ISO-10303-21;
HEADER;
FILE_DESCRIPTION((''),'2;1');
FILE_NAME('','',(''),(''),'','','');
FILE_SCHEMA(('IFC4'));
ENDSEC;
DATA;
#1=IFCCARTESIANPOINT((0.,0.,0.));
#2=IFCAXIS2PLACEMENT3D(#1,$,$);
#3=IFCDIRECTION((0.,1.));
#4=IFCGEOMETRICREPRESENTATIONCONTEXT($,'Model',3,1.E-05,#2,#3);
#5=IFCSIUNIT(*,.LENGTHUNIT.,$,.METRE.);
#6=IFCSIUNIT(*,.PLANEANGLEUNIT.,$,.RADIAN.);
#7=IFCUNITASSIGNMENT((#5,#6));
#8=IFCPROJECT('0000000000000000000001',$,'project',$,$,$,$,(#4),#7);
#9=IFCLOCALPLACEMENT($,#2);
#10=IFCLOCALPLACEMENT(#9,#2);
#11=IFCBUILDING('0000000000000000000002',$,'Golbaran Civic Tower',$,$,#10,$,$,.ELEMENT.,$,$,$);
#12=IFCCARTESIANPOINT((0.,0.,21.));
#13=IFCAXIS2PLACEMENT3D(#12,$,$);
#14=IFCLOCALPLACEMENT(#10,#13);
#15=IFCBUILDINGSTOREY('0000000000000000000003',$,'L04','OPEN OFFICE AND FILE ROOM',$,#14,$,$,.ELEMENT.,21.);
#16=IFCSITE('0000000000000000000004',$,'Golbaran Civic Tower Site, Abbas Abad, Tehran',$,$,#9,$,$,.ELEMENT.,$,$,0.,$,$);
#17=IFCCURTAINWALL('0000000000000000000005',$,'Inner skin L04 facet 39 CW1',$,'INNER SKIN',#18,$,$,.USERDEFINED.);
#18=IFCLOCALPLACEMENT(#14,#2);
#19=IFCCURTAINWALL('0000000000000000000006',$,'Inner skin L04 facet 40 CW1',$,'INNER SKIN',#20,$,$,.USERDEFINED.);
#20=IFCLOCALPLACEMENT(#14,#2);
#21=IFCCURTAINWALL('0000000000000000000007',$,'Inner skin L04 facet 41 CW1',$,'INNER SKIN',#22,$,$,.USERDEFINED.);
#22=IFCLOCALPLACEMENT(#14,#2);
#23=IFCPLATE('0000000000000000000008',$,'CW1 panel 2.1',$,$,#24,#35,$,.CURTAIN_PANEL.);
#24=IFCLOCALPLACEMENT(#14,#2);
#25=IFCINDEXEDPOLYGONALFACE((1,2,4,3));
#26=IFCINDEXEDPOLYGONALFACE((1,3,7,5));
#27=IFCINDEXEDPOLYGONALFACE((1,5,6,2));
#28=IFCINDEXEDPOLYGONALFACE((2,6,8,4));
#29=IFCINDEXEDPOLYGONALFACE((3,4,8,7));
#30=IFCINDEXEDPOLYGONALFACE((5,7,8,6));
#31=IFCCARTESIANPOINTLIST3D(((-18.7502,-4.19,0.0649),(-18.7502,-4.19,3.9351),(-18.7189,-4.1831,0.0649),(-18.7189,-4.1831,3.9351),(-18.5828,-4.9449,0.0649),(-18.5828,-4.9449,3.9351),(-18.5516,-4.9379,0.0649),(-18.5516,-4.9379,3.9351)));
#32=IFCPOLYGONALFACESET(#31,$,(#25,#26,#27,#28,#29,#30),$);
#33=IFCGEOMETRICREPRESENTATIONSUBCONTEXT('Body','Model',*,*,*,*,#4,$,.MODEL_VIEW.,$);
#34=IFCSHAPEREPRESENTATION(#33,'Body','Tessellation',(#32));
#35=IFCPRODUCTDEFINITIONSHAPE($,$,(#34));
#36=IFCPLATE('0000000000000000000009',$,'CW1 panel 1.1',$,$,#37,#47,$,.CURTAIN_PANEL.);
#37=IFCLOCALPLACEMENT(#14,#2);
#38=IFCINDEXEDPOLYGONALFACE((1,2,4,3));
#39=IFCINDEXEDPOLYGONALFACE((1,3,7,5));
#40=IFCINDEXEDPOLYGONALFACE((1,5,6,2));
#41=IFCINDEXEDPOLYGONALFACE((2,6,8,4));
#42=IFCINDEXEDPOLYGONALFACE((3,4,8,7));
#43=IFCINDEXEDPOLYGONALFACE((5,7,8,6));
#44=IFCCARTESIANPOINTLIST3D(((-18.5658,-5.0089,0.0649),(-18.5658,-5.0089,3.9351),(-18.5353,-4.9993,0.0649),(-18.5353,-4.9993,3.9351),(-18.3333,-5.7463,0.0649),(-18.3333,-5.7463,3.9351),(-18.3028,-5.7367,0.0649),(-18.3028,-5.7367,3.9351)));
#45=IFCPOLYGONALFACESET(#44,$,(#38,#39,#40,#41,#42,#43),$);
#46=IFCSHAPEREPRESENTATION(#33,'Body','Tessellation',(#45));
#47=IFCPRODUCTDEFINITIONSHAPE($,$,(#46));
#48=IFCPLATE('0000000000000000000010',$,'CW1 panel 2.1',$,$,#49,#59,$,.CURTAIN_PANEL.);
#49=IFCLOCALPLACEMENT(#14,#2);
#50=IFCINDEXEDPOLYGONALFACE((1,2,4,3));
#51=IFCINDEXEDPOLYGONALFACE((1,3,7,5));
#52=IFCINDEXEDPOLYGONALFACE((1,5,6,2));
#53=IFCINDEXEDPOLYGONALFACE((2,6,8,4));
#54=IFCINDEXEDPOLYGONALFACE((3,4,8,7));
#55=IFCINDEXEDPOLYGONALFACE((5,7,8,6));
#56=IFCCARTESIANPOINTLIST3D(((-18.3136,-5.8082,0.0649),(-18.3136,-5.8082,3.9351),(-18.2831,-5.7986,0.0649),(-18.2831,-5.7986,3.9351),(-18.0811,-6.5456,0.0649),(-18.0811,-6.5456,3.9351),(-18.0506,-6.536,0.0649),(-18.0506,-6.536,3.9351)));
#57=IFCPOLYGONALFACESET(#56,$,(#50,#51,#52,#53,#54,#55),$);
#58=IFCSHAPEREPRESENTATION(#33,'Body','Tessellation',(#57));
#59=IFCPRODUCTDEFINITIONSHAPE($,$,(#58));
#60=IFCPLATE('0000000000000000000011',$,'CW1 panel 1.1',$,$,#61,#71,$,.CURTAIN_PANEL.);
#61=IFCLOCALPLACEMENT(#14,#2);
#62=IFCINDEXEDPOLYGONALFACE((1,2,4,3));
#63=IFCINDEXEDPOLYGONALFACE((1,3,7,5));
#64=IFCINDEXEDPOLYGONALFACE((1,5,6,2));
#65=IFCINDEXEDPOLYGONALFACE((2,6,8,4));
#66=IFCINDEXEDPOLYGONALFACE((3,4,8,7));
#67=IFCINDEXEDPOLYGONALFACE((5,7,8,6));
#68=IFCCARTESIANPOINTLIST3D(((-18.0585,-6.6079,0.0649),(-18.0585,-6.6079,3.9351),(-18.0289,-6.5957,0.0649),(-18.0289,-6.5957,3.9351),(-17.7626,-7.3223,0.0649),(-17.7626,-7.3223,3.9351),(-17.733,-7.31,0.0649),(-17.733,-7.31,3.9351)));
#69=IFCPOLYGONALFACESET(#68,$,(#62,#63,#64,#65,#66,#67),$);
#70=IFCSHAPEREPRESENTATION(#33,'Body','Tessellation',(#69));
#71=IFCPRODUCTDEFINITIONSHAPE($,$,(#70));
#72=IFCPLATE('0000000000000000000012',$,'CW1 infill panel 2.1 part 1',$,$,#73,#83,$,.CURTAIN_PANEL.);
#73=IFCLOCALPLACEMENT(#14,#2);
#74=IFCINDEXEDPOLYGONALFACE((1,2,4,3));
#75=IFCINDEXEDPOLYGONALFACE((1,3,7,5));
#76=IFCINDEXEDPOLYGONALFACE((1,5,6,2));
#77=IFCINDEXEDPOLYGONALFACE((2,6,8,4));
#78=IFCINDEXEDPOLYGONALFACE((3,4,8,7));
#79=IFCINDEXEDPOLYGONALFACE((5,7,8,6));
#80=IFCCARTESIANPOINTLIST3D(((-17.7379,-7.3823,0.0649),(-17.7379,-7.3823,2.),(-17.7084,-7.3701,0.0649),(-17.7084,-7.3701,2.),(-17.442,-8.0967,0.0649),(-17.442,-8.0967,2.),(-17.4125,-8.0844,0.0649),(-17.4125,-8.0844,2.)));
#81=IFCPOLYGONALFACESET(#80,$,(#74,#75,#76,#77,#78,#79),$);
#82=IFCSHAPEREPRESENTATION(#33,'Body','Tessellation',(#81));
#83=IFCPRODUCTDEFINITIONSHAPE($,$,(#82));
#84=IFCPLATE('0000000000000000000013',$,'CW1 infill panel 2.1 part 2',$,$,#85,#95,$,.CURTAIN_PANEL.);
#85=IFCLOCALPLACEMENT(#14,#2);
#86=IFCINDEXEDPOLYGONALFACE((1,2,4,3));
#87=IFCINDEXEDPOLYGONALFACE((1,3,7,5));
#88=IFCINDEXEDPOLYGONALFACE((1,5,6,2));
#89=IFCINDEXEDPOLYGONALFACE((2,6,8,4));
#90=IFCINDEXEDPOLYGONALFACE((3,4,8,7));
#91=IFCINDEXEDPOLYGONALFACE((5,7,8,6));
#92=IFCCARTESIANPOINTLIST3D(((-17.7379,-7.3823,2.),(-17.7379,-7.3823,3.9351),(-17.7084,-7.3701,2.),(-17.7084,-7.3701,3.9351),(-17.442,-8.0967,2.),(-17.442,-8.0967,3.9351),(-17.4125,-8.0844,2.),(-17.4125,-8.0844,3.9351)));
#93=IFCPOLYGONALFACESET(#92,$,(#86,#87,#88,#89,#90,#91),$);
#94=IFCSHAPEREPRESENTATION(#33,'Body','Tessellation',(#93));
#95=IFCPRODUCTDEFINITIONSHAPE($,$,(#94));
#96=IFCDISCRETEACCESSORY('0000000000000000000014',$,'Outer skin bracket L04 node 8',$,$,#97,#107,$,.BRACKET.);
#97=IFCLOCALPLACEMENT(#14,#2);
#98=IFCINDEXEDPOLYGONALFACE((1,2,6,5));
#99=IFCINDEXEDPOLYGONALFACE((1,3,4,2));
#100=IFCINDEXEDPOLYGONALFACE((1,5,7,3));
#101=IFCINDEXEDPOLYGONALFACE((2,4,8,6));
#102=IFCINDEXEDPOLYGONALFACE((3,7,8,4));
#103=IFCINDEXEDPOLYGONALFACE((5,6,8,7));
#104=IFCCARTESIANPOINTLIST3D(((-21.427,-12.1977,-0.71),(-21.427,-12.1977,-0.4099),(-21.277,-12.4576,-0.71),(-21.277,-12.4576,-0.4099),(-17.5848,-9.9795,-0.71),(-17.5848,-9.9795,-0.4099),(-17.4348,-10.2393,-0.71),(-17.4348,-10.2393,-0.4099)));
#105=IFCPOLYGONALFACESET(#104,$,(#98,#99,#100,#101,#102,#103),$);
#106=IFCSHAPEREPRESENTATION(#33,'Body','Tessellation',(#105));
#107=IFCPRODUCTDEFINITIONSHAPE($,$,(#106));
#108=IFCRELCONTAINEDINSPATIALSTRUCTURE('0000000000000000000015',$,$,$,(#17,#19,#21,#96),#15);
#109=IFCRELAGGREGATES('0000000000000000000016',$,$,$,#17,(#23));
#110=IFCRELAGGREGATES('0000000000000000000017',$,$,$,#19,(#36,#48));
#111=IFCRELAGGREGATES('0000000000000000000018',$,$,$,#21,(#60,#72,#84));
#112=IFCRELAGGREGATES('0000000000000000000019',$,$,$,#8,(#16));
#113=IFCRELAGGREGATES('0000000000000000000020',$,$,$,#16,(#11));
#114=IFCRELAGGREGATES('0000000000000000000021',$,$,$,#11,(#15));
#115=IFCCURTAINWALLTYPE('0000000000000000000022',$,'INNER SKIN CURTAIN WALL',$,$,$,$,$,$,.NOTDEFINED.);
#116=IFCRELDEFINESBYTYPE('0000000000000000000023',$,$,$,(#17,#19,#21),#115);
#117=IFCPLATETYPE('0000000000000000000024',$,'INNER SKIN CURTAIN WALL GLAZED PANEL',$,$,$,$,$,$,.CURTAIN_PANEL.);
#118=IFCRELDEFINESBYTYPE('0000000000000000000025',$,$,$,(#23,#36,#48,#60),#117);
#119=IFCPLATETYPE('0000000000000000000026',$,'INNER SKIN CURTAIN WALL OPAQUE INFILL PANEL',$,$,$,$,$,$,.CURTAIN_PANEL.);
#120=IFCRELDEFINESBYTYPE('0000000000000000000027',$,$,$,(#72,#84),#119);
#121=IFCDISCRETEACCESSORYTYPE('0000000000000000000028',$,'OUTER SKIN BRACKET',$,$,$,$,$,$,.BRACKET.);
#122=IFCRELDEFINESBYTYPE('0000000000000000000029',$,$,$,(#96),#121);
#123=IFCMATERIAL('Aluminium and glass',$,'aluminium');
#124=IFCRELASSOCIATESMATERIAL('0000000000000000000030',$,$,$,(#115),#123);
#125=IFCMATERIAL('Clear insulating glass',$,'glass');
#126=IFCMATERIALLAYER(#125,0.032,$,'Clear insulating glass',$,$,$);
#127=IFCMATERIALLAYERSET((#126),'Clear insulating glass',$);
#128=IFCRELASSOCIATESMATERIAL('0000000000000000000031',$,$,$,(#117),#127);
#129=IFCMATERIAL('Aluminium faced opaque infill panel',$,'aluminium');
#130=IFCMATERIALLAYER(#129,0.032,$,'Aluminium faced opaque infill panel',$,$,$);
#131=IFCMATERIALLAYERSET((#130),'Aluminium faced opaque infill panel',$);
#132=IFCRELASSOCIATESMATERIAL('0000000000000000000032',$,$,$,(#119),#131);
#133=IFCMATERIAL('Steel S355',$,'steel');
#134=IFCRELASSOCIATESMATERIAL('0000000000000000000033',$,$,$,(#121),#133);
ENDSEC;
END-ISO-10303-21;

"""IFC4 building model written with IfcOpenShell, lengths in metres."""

from ifc_helpers import new_model, si_unit, direction, frame, origin, origin_2d, place, context, subcontext, project, spatial, rectangle, extrude, material, layer, layer_set, type_object, element, aggregate, save


model = new_model("IFC4")

# Units and contexts
model_context = context("Model", 3, precision=1e-05, world=origin(), true_north=direction((0.0, 1.0)))
body_context = subcontext(model_context, "Body", "Model", "MODEL_VIEW")
ifc_project = project(units=[si_unit("LENGTHUNIT", "METRE"), si_unit("PLANEANGLEUNIT", "RADIAN")], contexts=[model_context])

# Site, building, storey
site_placement = place(None, origin())
site = spatial("IfcSite", under=ifc_project, at=site_placement, Name="Golbaran Civic Tower Site, Abbas Abad, Tehran", CompositionType="ELEMENT", RefElevation=0.0)
building_placement = place(site_placement, origin())
building = spatial("IfcBuilding", under=site, at=building_placement, Name="Golbaran Civic Tower", CompositionType="ELEMENT")
storey_placement = place(building_placement, frame((0.0, 0.0, 21.0)))
storey = spatial("IfcBuildingStorey", under=building, at=storey_placement, Name="L04", Description="OPEN OFFICE AND FILE ROOM", CompositionType="ELEMENT", Elevation=21.0)

# Curtain walls
ifc_material_1 = material(Name="Aluminium and glass", Category="aluminium")
curtain_wall_type_1 = type_object("IfcCurtainWallType", Name="INNER SKIN CURTAIN WALL", PredefinedType="NOTDEFINED", material=ifc_material_1)
curtain_wall_1_placement = place(storey_placement, origin())
curtain_wall_1 = element("IfcCurtainWall", 1, at=curtain_wall_1_placement, inside=storey, type_object=curtain_wall_type_1, Name="Inner skin L04 facet 39 CW1", ObjectType="INNER SKIN", PredefinedType="USERDEFINED")
curtain_wall_2_placement = place(storey_placement, origin())
curtain_wall_2 = element("IfcCurtainWall", 2, at=curtain_wall_2_placement, inside=storey, type_object=curtain_wall_type_1, Name="Inner skin L04 facet 40 CW1", ObjectType="INNER SKIN", PredefinedType="USERDEFINED")
curtain_wall_3_placement = place(storey_placement, origin())
curtain_wall_3 = element("IfcCurtainWall", 3, at=curtain_wall_3_placement, inside=storey, type_object=curtain_wall_type_1, Name="Inner skin L04 facet 41 CW1", ObjectType="INNER SKIN", PredefinedType="USERDEFINED")

# Plates
ifc_material_2 = material(Name="Clear insulating glass", Category="glass")
ifc_layer_1 = layer(ifc_material_2, 0.032, Name="Clear insulating glass")
ifc_layer_set_1 = layer_set([ifc_layer_1], Name="Clear insulating glass")
plate_type_1 = type_object("IfcPlateType", Name="INNER SKIN CURTAIN WALL GLAZED PANEL", PredefinedType="CURTAIN_PANEL", material=ifc_layer_set_1)
plate_1_placement = place(storey_placement, frame((-18.6509, -4.564, 0.0649), z_axis=(0.0, 0.0, 1.0), x_axis=(0.21644, -0.976296, 0.0)))
plate_1 = element("IfcPlate", 4, at=plate_1_placement, type_object=plate_type_1, Name="CW1 panel 2.1", PredefinedType="CURTAIN_PANEL", context=body_context, shape_type="SweptSolid", body=[
    extrude(rectangle(XDim=0.7732, YDim=0.032, at=origin_2d()), origin(), (0.0, 0.0, 1.0), 3.8701),
])
aggregate(curtain_wall_1, [plate_1])
plate_2_placement = place(storey_placement, frame((-18.4343, -5.3728, 0.0649), z_axis=(0.0, 0.0, 1.0), x_axis=(0.300706, -0.953717, 0.0)))
plate_2 = element("IfcPlate", 5, at=plate_2_placement, type_object=plate_type_1, Name="CW1 panel 1.1", PredefinedType="CURTAIN_PANEL", context=body_context, shape_type="SweptSolid", body=[
    extrude(rectangle(XDim=0.7732, YDim=0.032, at=origin_2d()), origin(), (0.0, 0.0, 1.0), 3.8701),
])
plate_3_placement = place(storey_placement, frame((-18.1821, -6.1721, 0.0649), z_axis=(0.0, 0.0, 1.0), x_axis=(0.300706, -0.953717, 0.0)))
plate_3 = element("IfcPlate", 6, at=plate_3_placement, type_object=plate_type_1, Name="CW1 panel 2.1", PredefinedType="CURTAIN_PANEL", context=body_context, shape_type="SweptSolid", body=[
    extrude(rectangle(XDim=0.7732, YDim=0.032, at=origin_2d()), origin(), (0.0, 0.0, 1.0), 3.8701),
])
aggregate(curtain_wall_2, [plate_2, plate_3])
plate_4_placement = place(storey_placement, frame((-17.8958, -6.959, 0.0649), z_axis=(0.0, 0.0, 1.0), x_axis=(0.382683, -0.92388, 0.0)))
plate_4 = element("IfcPlate", 7, at=plate_4_placement, type_object=plate_type_1, Name="CW1 panel 1.1", PredefinedType="CURTAIN_PANEL", context=body_context, shape_type="SweptSolid", body=[
    extrude(rectangle(XDim=0.7732, YDim=0.032, at=origin_2d()), origin(), (0.0, 0.0, 1.0), 3.8701),
])
ifc_material_3 = material(Name="Aluminium faced opaque infill panel", Category="aluminium")
ifc_layer_2 = layer(ifc_material_3, 0.032, Name="Aluminium faced opaque infill panel")
ifc_layer_set_2 = layer_set([ifc_layer_2], Name="Aluminium faced opaque infill panel")
plate_type_2 = type_object("IfcPlateType", Name="INNER SKIN CURTAIN WALL OPAQUE INFILL PANEL", PredefinedType="CURTAIN_PANEL", material=ifc_layer_set_2)
plate_5_placement = place(storey_placement, frame((-17.5752, -7.7334, 0.0649), z_axis=(0.0, 0.0, 1.0), x_axis=(0.382683, -0.92388, 0.0)))
plate_5 = element("IfcPlate", 8, at=plate_5_placement, type_object=plate_type_2, Name="CW1 infill panel 2.1 part 1", PredefinedType="CURTAIN_PANEL", context=body_context, shape_type="SweptSolid", body=[
    extrude(rectangle(XDim=0.7732, YDim=0.032, at=origin_2d()), origin(), (0.0, 0.0, 1.0), 1.9351),
])
plate_6_placement = place(storey_placement, frame((-17.5752, -7.7334, 2.0), z_axis=(0.0, 0.0, 1.0), x_axis=(0.382683, -0.92388, 0.0)))
plate_6 = element("IfcPlate", 9, at=plate_6_placement, type_object=plate_type_2, Name="CW1 infill panel 2.1 part 2", PredefinedType="CURTAIN_PANEL", context=body_context, shape_type="SweptSolid", body=[
    extrude(rectangle(XDim=0.7732, YDim=0.032, at=origin_2d()), origin(), (0.0, 0.0, 1.0), 1.9351),
])
aggregate(curtain_wall_3, [plate_4, plate_5, plate_6])

# Discrete accessory
ifc_material_4 = material(Name="Steel S355", Category="steel")
discrete_accessory_type = type_object("IfcDiscreteAccessoryType", Name="OUTER SKIN BRACKET", PredefinedType="BRACKET", material=ifc_material_4)
discrete_accessory_placement = place(storey_placement, frame((-19.4309, -11.2185, -0.71), z_axis=(0.0, 0.0, 1.0), x_axis=(-0.866025, -0.5, 0.0)))
element("IfcDiscreteAccessory", 10, at=discrete_accessory_placement, inside=storey, type_object=discrete_accessory_type, Name="Outer skin bracket L04 node 8", PredefinedType="BRACKET", context=body_context, shape_type="SweptSolid", body=[
    extrude(rectangle(XDim=4.4365, YDim=0.3, at=origin_2d()), origin(), (0.0, 0.0, 1.0), 0.3),
])

save(model, "model.ifc")
